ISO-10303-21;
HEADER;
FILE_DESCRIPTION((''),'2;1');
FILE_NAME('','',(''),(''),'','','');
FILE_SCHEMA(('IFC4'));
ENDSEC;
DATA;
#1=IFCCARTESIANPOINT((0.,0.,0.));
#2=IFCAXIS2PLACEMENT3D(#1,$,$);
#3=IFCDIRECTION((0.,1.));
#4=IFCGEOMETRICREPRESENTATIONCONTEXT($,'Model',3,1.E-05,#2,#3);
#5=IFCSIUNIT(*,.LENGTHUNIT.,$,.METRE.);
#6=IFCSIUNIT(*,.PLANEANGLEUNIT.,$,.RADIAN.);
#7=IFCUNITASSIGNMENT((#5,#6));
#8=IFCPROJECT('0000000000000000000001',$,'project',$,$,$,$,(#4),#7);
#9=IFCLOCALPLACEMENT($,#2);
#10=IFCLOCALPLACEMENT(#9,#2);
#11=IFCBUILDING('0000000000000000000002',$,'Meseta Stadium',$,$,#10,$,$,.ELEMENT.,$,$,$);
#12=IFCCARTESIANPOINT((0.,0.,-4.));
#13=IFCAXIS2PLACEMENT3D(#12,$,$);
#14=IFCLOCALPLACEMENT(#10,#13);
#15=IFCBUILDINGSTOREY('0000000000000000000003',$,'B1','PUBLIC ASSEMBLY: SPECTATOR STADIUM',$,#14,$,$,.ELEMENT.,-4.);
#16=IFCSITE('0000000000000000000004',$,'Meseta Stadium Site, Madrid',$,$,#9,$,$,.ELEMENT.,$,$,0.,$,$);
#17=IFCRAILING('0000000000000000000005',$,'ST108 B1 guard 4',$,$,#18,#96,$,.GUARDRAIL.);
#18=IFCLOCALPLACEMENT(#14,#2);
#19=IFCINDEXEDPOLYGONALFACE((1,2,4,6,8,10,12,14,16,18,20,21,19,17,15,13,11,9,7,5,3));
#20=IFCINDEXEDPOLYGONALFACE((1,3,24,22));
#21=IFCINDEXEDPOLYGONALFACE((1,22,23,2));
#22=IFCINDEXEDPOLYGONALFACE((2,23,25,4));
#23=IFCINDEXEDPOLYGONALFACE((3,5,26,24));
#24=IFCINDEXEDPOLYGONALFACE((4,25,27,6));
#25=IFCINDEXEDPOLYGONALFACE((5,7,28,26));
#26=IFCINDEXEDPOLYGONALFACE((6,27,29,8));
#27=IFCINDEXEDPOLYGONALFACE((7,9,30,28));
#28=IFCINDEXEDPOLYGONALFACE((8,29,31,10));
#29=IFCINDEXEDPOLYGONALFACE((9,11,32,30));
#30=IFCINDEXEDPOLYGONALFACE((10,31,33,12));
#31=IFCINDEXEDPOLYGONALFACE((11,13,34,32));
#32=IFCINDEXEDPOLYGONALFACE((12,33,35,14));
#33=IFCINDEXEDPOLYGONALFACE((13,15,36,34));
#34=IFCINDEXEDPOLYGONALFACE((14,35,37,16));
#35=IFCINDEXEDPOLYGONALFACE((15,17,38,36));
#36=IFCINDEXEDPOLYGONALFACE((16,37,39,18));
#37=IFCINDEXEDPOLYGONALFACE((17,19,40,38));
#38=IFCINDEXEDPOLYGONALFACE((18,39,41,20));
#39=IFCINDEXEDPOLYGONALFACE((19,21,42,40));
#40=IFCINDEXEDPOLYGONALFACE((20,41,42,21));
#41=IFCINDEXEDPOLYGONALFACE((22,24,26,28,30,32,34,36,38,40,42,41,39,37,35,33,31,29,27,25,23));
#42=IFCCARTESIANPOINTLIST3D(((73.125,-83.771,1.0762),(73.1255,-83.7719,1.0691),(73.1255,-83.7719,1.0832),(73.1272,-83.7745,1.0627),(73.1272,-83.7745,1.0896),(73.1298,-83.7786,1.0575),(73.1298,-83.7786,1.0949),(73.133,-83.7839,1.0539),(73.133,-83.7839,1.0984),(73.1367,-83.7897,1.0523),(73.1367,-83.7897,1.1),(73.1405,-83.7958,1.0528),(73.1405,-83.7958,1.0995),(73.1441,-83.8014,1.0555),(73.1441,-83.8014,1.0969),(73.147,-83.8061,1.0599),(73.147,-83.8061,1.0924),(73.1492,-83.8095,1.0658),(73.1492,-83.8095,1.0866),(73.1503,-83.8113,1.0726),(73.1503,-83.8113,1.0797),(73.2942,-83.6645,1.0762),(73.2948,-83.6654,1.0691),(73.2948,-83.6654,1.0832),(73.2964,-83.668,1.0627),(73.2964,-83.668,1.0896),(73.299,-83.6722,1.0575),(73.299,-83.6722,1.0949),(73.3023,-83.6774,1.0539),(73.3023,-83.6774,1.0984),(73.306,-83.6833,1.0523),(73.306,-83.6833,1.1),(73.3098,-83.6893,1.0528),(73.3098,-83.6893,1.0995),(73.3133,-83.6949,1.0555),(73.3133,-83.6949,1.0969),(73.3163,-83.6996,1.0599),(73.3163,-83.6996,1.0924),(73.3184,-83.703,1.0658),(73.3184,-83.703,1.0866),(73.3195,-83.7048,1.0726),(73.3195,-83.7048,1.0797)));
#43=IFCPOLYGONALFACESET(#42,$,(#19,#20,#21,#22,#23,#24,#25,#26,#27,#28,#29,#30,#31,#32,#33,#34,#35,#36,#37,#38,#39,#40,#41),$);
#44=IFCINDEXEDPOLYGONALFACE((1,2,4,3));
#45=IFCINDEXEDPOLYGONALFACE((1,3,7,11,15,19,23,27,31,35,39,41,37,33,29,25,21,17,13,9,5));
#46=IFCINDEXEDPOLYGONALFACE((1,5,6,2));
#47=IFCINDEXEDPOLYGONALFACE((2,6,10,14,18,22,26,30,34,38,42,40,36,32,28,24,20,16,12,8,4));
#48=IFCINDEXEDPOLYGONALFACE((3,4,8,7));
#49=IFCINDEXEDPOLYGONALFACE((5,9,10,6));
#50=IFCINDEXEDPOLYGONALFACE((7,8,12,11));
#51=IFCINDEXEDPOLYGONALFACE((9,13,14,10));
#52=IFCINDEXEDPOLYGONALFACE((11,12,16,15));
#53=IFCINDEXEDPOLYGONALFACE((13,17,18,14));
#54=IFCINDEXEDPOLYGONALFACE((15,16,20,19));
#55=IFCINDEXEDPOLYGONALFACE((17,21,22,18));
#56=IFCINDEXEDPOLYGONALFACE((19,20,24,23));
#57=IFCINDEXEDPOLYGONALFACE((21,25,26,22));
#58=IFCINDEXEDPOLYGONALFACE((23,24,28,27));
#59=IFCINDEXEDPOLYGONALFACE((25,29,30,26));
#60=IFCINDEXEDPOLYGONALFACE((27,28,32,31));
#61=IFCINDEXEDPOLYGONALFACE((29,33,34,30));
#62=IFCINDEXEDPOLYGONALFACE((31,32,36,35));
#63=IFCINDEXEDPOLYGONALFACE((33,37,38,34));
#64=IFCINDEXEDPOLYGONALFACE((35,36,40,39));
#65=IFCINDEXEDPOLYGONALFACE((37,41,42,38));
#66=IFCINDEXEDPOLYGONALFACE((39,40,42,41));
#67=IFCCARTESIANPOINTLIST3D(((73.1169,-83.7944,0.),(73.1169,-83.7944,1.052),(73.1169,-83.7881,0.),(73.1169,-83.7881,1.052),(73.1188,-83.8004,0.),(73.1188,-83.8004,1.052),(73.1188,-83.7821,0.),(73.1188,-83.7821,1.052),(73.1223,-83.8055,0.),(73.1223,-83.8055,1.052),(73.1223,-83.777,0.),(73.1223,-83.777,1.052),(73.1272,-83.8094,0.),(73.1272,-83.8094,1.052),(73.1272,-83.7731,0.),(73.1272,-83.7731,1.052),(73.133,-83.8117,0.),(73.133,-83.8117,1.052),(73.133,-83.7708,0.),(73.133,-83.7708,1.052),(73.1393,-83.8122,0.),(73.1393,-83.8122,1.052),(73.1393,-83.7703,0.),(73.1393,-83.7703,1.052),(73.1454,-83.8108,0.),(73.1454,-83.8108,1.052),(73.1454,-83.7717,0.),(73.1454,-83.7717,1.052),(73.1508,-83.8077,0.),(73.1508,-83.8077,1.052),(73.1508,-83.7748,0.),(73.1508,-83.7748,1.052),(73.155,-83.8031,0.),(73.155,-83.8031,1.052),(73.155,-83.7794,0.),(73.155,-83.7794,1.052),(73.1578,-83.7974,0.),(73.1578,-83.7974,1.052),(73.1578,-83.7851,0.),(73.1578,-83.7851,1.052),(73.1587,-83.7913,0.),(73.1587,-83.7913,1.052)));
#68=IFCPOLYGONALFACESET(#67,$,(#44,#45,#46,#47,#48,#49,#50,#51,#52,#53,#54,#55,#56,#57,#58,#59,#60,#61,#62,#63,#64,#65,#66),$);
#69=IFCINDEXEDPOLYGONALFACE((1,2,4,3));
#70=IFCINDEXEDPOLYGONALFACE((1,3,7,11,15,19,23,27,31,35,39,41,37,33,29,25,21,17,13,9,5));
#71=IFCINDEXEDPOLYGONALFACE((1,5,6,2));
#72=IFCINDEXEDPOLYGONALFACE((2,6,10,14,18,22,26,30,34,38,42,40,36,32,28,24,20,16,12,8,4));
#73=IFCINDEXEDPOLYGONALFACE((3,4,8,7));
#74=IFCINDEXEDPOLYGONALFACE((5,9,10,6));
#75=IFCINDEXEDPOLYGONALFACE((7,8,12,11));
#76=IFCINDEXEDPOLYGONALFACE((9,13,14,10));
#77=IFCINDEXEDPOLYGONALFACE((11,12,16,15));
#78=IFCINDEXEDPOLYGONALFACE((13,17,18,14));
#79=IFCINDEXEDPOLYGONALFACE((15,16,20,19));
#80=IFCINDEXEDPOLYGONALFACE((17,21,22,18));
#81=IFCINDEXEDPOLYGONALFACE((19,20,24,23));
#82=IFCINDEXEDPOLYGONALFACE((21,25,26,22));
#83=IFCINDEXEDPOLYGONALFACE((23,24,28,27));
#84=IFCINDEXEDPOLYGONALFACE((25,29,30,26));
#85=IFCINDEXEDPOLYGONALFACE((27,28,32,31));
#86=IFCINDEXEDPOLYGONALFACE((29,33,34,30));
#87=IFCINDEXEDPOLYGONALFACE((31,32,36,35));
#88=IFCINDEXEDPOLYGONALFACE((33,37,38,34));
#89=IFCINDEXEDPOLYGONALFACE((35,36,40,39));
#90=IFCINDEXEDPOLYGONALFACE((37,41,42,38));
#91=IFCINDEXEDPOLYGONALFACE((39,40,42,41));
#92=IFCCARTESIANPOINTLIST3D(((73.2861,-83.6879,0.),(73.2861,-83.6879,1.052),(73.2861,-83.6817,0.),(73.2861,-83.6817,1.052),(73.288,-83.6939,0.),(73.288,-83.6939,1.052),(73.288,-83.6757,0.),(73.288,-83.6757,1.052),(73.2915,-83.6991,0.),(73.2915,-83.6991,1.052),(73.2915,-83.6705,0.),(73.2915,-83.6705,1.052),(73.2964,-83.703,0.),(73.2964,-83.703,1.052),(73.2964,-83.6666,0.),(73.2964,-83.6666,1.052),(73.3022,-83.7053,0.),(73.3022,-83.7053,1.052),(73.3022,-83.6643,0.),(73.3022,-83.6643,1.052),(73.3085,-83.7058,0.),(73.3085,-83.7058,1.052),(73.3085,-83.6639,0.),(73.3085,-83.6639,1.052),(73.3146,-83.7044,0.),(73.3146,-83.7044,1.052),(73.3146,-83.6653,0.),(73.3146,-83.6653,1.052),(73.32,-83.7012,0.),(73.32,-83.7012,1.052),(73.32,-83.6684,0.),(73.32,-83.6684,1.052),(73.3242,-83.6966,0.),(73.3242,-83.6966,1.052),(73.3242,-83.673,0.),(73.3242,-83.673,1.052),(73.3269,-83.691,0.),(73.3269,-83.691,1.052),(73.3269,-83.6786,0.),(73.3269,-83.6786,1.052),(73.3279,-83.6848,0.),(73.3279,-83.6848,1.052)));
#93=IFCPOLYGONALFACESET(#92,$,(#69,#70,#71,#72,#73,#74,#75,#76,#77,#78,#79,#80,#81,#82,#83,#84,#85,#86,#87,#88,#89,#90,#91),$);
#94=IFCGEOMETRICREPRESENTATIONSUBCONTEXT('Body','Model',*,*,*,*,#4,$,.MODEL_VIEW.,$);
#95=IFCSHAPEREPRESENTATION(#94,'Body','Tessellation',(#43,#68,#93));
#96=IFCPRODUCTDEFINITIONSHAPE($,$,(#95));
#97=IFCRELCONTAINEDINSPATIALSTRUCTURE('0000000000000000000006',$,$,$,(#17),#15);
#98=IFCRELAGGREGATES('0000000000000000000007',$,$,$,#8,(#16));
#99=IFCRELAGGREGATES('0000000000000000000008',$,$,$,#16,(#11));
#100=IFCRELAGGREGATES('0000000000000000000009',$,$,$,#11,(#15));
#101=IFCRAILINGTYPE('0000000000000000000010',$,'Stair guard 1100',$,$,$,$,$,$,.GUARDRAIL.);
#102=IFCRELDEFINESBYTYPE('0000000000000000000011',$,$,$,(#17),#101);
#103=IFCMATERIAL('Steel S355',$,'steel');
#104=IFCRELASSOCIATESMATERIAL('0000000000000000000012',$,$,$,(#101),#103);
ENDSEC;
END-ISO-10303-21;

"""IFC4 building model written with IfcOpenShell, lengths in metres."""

from ifc_helpers import new_model, si_unit, direction, frame, origin, origin_2d, place, context, subcontext, project, spatial, circle, extrude, material, type_object, element, save


model = new_model("IFC4")

# Units and contexts
model_context = context("Model", 3, precision=1e-05, world=origin(), true_north=direction((0.0, 1.0)))
body_context = subcontext(model_context, "Body", "Model", "MODEL_VIEW")
ifc_project = project(units=[si_unit("LENGTHUNIT", "METRE"), si_unit("PLANEANGLEUNIT", "RADIAN")], contexts=[model_context])

# Site, building, storey
site_placement = place(None, origin())
site = spatial("IfcSite", under=ifc_project, at=site_placement, Name="Meseta Stadium Site, Madrid", CompositionType="ELEMENT", RefElevation=0.0)
building_placement = place(site_placement, origin())
building = spatial("IfcBuilding", under=site, at=building_placement, Name="Meseta Stadium", CompositionType="ELEMENT")
storey_placement = place(building_placement, frame((0.0, 0.0, -4.0)))
storey = spatial("IfcBuildingStorey", under=building, at=storey_placement, Name="B1", Description="PUBLIC ASSEMBLY: SPECTATOR STADIUM", CompositionType="ELEMENT", Elevation=-4.0)

# Railing
ifc_material_1 = material(Name="Steel S355", Category="steel")
railing_type_1 = type_object("IfcRailingType", Name="Stair guard 1100", PredefinedType="GUARDRAIL", material=ifc_material_1)
railing_1_placement = place(storey_placement, frame((73.1377, -83.7913, 0.0)))
element("IfcRailing", 1, at=railing_1_placement, inside=storey, type_object=railing_type_1, Name="ST108 B1 guard 4", PredefinedType="GUARDRAIL", context=body_context, shape_type="SweptSolid", body=[
    extrude(circle(Radius=0.0239, at=origin_2d()), frame((0.0, 0.0, 1.0762), z_axis=(0.846416, 0.532522, 0.0), x_axis=(-0.532522, 0.846416, 0.0)), (0.0, 0.0, 1.0), 0.2),
    extrude(circle(Radius=0.021, at=origin_2d()), origin(), (0.0, 0.0, 1.0), 1.052),
    extrude(circle(Radius=0.021, at=origin_2d()), frame((0.1692, 0.1064, 0.0)), (0.0, 0.0, 1.0), 1.052),
])

save(model, "model.ifc")
